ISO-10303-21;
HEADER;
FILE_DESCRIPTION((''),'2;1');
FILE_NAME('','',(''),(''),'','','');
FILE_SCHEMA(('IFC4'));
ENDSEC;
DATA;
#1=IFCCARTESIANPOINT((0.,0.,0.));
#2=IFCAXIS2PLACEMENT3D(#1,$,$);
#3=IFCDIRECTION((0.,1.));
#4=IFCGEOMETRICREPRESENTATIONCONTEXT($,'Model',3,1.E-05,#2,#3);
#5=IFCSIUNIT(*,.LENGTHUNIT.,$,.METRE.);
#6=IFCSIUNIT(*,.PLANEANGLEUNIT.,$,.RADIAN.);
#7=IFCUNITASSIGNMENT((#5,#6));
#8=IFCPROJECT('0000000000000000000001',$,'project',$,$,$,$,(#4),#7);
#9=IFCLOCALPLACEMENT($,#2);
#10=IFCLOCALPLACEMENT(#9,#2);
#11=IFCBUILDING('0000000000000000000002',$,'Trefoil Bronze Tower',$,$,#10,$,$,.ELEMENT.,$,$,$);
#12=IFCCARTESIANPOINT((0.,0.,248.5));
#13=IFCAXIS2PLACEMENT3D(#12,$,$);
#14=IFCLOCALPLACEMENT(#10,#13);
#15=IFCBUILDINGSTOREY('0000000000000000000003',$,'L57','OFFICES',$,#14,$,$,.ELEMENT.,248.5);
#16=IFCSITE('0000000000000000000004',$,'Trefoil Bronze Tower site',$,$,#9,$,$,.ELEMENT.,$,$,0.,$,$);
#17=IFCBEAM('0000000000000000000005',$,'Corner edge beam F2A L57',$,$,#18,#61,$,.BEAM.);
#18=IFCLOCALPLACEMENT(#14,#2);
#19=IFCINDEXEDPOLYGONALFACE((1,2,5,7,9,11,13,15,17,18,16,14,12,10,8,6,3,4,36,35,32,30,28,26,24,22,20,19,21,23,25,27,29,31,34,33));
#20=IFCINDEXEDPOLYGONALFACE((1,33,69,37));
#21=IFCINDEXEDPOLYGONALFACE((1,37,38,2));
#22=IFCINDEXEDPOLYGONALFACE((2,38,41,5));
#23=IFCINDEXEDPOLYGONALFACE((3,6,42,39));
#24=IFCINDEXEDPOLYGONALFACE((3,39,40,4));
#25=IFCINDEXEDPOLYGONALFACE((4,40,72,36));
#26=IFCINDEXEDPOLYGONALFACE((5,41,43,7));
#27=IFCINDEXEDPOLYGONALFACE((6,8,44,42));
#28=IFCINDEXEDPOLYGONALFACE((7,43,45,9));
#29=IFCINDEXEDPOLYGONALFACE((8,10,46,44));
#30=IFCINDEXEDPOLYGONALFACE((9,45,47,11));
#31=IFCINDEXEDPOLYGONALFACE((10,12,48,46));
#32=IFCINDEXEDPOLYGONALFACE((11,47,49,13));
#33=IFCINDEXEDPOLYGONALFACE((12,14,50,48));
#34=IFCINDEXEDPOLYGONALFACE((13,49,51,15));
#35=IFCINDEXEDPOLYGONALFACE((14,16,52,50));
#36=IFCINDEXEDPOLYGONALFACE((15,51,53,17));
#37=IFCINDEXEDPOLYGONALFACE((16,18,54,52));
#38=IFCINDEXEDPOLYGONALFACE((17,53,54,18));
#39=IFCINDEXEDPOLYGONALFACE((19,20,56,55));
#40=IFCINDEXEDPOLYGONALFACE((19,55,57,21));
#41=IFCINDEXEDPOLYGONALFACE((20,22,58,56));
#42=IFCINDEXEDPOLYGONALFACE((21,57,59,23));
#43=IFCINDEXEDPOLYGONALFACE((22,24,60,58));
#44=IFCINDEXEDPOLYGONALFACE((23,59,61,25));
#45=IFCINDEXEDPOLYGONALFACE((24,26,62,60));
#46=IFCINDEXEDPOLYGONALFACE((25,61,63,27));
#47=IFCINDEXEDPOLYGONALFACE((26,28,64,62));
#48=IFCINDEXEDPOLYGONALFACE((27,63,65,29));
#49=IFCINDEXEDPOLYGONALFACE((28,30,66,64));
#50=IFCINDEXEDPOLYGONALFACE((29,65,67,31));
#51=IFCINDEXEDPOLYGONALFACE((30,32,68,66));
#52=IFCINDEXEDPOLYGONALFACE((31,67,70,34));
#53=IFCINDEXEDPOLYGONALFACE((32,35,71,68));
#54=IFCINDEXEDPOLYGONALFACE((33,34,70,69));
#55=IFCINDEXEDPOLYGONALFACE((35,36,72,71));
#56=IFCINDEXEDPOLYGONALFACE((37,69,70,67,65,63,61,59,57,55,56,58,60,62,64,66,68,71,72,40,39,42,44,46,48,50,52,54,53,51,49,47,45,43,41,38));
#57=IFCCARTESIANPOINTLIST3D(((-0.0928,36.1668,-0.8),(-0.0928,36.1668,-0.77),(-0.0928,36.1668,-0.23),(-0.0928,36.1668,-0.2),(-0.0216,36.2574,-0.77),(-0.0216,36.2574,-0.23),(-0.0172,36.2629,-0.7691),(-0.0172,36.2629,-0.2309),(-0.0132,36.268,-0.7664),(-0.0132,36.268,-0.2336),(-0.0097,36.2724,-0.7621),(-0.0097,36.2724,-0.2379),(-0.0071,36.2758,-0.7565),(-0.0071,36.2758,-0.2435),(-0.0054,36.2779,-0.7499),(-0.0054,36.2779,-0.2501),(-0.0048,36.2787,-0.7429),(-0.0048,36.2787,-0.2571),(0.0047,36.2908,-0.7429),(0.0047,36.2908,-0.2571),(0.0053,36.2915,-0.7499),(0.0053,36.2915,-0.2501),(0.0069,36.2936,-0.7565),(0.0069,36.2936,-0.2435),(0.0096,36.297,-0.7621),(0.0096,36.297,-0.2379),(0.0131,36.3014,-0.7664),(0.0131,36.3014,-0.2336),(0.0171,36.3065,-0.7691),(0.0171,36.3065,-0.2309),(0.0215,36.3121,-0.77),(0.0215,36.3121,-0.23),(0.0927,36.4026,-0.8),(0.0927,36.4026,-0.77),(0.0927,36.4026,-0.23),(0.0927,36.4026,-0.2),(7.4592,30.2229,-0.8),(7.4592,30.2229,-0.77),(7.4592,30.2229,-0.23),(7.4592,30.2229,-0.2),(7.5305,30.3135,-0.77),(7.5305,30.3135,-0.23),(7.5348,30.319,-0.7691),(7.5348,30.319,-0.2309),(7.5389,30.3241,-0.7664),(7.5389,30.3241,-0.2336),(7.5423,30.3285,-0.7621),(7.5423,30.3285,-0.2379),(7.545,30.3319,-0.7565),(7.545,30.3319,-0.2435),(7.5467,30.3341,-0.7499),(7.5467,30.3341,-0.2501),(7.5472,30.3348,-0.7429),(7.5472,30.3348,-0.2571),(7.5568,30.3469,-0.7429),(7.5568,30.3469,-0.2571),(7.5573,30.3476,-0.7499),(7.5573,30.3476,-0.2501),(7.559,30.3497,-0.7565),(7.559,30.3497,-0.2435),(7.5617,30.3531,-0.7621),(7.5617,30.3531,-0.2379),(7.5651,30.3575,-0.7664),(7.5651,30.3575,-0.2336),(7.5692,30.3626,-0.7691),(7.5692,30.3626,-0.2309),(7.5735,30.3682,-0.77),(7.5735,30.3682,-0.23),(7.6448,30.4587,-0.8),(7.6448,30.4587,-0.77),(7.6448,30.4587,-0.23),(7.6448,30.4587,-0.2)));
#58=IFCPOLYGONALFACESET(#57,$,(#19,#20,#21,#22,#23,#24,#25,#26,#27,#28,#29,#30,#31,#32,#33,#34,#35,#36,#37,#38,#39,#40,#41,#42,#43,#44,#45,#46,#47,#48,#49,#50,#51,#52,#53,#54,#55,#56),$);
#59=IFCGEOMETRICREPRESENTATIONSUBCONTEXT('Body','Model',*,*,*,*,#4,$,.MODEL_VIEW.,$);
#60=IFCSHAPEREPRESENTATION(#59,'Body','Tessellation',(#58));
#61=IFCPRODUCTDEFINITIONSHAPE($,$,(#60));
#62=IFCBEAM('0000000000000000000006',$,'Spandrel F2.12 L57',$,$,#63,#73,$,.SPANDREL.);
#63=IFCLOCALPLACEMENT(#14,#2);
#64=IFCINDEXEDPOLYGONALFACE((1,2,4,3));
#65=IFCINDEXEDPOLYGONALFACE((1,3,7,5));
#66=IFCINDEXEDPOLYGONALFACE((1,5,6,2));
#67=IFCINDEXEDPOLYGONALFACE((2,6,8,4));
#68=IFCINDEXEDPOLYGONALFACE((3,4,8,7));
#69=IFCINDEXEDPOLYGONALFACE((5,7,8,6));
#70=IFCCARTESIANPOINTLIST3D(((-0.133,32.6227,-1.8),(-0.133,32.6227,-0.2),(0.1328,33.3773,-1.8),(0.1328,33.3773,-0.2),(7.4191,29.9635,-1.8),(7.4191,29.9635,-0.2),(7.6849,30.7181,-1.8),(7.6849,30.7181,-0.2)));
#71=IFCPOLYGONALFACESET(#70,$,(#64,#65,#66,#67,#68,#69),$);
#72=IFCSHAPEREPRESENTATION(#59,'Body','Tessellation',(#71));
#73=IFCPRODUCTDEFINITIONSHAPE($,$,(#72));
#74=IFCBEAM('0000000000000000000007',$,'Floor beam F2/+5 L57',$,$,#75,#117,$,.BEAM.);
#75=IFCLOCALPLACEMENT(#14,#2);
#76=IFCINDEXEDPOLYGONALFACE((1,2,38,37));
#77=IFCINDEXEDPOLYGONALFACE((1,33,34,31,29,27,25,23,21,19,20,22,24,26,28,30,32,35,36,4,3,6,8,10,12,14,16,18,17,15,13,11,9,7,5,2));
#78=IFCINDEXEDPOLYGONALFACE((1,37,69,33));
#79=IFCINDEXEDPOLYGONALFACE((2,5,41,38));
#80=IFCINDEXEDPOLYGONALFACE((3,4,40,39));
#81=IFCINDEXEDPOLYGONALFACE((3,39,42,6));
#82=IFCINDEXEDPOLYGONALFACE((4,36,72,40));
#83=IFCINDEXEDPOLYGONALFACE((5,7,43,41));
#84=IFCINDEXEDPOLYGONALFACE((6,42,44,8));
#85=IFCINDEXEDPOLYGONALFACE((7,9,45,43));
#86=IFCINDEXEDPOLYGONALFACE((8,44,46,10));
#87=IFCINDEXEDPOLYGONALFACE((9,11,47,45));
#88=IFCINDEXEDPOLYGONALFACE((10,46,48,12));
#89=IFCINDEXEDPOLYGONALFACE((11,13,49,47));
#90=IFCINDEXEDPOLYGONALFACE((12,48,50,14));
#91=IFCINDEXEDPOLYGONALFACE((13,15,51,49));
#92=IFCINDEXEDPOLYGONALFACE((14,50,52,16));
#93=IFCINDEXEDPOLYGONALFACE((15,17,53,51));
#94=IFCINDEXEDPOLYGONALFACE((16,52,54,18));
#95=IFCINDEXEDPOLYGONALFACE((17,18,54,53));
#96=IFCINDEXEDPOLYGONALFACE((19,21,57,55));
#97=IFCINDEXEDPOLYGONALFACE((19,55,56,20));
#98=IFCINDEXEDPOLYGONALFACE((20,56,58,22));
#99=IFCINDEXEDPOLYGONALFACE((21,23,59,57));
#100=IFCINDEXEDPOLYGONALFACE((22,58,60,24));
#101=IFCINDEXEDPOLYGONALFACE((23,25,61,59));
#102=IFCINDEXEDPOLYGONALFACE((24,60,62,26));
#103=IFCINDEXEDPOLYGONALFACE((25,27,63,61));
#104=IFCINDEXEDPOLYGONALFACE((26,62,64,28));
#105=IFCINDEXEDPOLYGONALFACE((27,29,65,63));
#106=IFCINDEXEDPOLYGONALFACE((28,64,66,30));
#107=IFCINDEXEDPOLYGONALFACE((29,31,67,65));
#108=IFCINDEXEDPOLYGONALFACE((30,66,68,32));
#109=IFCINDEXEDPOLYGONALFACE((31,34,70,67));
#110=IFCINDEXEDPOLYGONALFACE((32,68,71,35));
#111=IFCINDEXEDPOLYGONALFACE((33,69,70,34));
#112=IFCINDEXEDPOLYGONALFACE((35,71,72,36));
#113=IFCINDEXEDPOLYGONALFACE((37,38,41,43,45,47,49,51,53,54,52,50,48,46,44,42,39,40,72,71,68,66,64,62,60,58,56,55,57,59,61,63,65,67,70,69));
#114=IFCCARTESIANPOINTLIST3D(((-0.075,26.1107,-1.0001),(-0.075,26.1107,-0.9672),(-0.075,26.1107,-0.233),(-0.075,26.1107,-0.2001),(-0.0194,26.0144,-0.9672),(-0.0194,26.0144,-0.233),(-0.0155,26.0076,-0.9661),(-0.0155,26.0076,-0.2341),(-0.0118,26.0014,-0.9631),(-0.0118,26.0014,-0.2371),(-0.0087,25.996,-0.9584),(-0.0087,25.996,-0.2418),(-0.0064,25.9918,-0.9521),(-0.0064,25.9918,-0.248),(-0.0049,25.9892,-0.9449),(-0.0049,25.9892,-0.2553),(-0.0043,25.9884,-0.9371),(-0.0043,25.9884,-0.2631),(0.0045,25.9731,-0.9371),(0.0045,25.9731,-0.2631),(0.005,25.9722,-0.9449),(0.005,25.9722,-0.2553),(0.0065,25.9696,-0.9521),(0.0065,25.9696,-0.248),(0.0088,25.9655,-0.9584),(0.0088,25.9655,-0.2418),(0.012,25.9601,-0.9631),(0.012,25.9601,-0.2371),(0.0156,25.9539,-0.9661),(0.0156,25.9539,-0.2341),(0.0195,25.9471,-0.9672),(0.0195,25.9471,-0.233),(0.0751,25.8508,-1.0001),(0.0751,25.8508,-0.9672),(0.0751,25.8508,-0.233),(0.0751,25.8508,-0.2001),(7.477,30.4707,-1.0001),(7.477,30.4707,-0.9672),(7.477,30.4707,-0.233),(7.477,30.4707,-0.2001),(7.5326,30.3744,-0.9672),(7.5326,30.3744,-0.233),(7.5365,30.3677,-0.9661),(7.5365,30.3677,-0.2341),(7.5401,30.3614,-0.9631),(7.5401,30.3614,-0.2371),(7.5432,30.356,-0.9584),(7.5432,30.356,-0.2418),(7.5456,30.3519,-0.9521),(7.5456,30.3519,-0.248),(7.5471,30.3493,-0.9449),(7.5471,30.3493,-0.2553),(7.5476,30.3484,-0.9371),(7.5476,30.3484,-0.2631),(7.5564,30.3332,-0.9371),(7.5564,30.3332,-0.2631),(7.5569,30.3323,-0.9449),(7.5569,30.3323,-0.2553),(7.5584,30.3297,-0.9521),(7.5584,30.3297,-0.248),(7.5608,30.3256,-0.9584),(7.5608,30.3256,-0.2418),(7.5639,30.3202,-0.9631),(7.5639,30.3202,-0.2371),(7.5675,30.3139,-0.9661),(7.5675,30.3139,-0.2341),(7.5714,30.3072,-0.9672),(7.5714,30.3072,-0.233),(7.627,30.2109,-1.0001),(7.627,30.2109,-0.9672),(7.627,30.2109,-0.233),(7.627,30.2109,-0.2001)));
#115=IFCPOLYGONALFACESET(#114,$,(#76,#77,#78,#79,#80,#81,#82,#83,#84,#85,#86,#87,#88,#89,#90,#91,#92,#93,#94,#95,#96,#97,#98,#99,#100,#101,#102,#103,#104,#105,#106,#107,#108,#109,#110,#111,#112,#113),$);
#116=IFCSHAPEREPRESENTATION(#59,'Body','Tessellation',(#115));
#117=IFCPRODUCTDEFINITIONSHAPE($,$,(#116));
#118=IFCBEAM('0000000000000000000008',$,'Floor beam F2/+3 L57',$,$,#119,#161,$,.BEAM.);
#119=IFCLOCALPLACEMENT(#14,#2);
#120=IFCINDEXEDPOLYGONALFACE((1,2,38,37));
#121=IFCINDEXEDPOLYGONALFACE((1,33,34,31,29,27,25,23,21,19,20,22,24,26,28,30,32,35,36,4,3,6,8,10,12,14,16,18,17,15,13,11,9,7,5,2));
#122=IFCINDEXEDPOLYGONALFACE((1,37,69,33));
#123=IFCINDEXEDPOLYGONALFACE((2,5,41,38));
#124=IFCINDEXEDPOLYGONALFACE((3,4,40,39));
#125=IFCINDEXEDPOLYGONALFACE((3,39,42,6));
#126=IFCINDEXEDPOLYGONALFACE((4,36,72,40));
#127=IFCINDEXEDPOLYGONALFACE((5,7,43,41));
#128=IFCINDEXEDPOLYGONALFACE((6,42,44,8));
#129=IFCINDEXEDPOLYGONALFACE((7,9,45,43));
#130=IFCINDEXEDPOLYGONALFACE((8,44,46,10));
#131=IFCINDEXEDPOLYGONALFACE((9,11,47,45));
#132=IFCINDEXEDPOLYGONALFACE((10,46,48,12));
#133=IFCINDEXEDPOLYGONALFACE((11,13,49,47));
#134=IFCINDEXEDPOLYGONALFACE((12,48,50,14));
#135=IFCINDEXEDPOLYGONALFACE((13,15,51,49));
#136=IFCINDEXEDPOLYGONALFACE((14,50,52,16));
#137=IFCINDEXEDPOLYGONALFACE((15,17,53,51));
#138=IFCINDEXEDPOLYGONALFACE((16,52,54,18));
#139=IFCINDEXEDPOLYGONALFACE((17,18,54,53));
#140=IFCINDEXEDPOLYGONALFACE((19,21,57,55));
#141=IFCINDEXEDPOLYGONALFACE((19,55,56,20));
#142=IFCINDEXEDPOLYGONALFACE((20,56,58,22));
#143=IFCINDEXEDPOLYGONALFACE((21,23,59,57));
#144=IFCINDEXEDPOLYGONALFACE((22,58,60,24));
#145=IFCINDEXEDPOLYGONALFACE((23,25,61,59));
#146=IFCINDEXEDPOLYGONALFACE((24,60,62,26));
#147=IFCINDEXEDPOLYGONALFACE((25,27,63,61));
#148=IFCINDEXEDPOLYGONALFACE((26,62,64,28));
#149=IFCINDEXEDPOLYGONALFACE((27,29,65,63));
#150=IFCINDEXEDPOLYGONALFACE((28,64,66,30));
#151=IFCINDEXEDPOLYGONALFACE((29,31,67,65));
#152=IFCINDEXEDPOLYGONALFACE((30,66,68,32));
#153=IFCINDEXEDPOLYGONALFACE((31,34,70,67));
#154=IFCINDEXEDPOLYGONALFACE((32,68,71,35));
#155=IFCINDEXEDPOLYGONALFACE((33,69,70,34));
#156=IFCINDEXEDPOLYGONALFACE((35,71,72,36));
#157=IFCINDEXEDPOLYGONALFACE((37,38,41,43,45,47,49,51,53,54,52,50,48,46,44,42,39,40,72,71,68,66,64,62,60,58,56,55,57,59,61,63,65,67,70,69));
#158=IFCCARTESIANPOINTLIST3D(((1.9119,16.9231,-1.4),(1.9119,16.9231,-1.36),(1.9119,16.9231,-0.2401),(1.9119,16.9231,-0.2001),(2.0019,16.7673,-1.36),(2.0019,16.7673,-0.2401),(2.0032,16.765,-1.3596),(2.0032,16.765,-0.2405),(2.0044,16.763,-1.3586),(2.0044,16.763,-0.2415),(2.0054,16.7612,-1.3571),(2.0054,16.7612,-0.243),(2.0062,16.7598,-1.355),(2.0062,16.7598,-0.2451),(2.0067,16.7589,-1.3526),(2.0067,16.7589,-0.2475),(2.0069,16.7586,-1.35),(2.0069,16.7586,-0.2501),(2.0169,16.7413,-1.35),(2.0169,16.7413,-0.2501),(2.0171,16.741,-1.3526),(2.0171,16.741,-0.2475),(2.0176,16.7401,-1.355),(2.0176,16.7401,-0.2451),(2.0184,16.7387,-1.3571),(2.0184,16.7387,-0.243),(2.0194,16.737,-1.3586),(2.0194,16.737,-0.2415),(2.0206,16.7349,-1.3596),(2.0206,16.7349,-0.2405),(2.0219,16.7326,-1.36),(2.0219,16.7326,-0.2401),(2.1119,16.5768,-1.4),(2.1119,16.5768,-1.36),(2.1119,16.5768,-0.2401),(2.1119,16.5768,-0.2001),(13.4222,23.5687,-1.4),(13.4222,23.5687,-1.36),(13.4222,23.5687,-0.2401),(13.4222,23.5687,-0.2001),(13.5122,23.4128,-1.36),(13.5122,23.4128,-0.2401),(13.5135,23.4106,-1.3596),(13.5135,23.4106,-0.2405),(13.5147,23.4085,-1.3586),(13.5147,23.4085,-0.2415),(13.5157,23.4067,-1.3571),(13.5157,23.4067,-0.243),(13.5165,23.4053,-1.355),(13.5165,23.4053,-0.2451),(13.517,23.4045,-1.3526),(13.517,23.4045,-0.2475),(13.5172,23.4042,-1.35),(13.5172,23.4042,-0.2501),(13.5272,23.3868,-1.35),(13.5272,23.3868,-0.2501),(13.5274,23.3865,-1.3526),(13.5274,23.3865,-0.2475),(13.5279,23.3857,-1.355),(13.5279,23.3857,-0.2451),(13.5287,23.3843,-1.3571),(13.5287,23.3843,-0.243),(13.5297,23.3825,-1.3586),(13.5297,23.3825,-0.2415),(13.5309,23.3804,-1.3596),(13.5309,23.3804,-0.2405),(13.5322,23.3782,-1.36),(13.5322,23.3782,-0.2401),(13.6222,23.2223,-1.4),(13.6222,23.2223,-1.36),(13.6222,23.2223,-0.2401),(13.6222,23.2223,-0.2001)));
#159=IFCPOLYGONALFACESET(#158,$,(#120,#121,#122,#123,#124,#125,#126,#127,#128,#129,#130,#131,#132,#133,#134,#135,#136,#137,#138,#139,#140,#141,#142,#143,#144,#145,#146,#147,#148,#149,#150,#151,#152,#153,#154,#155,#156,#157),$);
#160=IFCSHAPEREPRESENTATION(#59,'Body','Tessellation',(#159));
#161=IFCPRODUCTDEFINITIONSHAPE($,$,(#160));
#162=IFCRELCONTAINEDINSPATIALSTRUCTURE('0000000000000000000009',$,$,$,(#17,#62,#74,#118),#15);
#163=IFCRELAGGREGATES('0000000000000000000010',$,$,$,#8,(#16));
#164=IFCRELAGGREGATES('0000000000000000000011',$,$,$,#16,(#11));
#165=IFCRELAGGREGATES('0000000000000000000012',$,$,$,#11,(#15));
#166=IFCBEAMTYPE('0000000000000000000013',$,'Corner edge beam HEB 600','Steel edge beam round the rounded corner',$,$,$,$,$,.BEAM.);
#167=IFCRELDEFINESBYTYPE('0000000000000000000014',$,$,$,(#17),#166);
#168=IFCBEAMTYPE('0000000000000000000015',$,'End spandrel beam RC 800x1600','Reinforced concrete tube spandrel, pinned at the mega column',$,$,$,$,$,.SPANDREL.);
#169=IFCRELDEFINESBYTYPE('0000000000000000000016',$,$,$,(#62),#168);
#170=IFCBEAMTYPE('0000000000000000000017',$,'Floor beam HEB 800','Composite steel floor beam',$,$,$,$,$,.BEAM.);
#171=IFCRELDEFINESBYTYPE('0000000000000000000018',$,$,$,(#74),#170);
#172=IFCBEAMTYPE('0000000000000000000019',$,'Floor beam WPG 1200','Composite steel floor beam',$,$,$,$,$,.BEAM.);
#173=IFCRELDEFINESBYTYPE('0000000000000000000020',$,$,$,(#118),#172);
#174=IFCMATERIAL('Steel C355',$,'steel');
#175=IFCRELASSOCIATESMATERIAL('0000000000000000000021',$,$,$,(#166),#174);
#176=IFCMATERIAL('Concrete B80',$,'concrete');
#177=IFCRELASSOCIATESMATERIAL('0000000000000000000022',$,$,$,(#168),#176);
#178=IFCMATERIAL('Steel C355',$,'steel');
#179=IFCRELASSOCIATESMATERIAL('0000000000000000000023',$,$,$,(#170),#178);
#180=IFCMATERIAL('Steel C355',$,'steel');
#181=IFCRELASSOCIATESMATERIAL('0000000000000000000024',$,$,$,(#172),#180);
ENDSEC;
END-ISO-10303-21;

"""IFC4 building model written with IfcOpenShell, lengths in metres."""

from ifc_helpers import new_model, si_unit, direction, frame, origin, origin_2d, place, context, subcontext, project, spatial, rectangle, i_section, extrude, material, material_profile, profile_set, type_object, element, save


model = new_model("IFC4")

# Units and contexts
model_context = context("Model", 3, precision=1e-05, world=origin(), true_north=direction((0.0, 1.0)))
body_context = subcontext(model_context, "Body", "Model", "MODEL_VIEW")
ifc_project = project(units=[si_unit("LENGTHUNIT", "METRE"), si_unit("PLANEANGLEUNIT", "RADIAN")], contexts=[model_context])

# Site, building, storey
site_placement = place(None, origin())
site = spatial("IfcSite", under=ifc_project, at=site_placement, Name="Trefoil Bronze Tower site", CompositionType="ELEMENT", RefElevation=0.0)
building_placement = place(site_placement, origin())
building = spatial("IfcBuilding", under=site, at=building_placement, Name="Trefoil Bronze Tower", CompositionType="ELEMENT")
storey_placement = place(building_placement, frame((0.0, 0.0, 248.5)))
storey = spatial("IfcBuildingStorey", under=building, at=storey_placement, Name="L57", Description="OFFICES", CompositionType="ELEMENT", Elevation=248.5)

# Beams
ifc_material_1 = material(Name="Steel C355", Category="steel")
ifc_material_profile_1 = material_profile(ifc_material_1, i_section(OverallWidth=0.3, OverallDepth=0.6001, WebThickness=0.0154, FlangeThickness=0.03, FilletRadius=0.0271, at=origin_2d()), Name="HEB 600")
ifc_profile_set_1 = profile_set([ifc_material_profile_1], Name="Steel C355")
beam_type_1 = type_object("IfcBeamType", Name="Corner edge beam HEB 600", Description="Steel edge beam round the rounded corner", PredefinedType="BEAM", material=ifc_profile_set_1)
beam_1_placement = place(storey_placement, frame((7.552, 30.3408, -0.5), z_axis=(-0.785806, 0.618473, 0.0), x_axis=(-0.618473, -0.785806, 0.0)))
element("IfcBeam", 1, at=beam_1_placement, inside=storey, type_object=beam_type_1, Name="Corner edge beam F2A L57", PredefinedType="BEAM", context=body_context, shape_type="SweptSolid", body=[
    extrude(i_section(OverallWidth=0.3, OverallDepth=0.6001, WebThickness=0.0154, FlangeThickness=0.03, FilletRadius=0.0271, at=origin_2d()), origin(), (0.0, 0.0, 1.0), 9.6106),
])
ifc_material_2 = material(Name="Concrete B80", Category="concrete")
ifc_material_profile_2 = material_profile(ifc_material_2, rectangle(XDim=0.8, YDim=1.6001, at=origin_2d()), Name="RC 800x1600")
ifc_profile_set_2 = profile_set([ifc_material_profile_2], Name="Concrete B80")
beam_type_2 = type_object("IfcBeamType", Name="End spandrel beam RC 800x1600", Description="Reinforced concrete tube spandrel, pinned at the mega column", PredefinedType="SPANDREL", material=ifc_profile_set_2)
beam_2_placement = place(storey_placement, frame((7.552, 30.3408, -1.0), z_axis=(-0.943234, 0.332128, 0.0), x_axis=(-0.332128, -0.943234, 0.0)))
element("IfcBeam", 2, at=beam_2_placement, inside=storey, type_object=beam_type_2, Name="Spandrel F2.12 L57", PredefinedType="SPANDREL", context=body_context, shape_type="SweptSolid", body=[
    extrude(rectangle(XDim=0.8, YDim=1.6001, at=origin_2d()), origin(), (0.0, 0.0, 1.0), 8.0066),
])
ifc_material_3 = material(Name="Steel C355", Category="steel")
ifc_material_profile_3 = material_profile(ifc_material_3, i_section(OverallWidth=0.3, OverallDepth=0.8, WebThickness=0.0176, FlangeThickness=0.033, FilletRadius=0.03, at=origin_2d()), Name="HEB 800")
ifc_profile_set_3 = profile_set([ifc_material_profile_3], Name="Steel C355")
beam_type_3 = type_object("IfcBeamType", Name="Floor beam HEB 800", Description="Composite steel floor beam", PredefinedType="BEAM", material=ifc_profile_set_3)
beam_3_placement = place(storey_placement, frame((7.552, 30.3408, -0.6001), z_axis=(-0.866028, -0.499996, 0.0), x_axis=(0.499996, -0.866028, 0.0)))
element("IfcBeam", 3, at=beam_3_placement, inside=storey, type_object=beam_type_3, Name="Floor beam F2/+5 L57", PredefinedType="BEAM", context=body_context, shape_type="SweptSolid", body=[
    extrude(i_section(OverallWidth=0.3, OverallDepth=0.8, WebThickness=0.0176, FlangeThickness=0.033, FilletRadius=0.03, at=origin_2d()), origin(), (0.0, 0.0, 1.0), 8.7202),
])
ifc_material_4 = material(Name="Steel C355", Category="steel")
ifc_material_profile_4 = material_profile(ifc_material_4, i_section(OverallWidth=0.3999, OverallDepth=1.2, WebThickness=0.02, FlangeThickness=0.04, FilletRadius=0.01, at=origin_2d()), Name="WPG 1200")
ifc_profile_set_4 = profile_set([ifc_material_profile_4], Name="Steel C355")
beam_type_4 = type_object("IfcBeamType", Name="Floor beam WPG 1200", Description="Composite steel floor beam", PredefinedType="BEAM", material=ifc_profile_set_4)
beam_4_placement = place(storey_placement, frame((13.5222, 23.3955, -0.8), z_axis=(-0.866023, -0.500003, 0.0), x_axis=(0.500003, -0.866023, 0.0)))
element("IfcBeam", 4, at=beam_4_placement, inside=storey, type_object=beam_type_4, Name="Floor beam F2/+3 L57", PredefinedType="BEAM", context=body_context, shape_type="SweptSolid", body=[
    extrude(i_section(OverallWidth=0.3999, OverallDepth=1.2, WebThickness=0.02, FlangeThickness=0.04, FilletRadius=0.01, at=origin_2d()), origin(), (0.0, 0.0, 1.0), 13.291),
])

save(model, "model.ifc")
